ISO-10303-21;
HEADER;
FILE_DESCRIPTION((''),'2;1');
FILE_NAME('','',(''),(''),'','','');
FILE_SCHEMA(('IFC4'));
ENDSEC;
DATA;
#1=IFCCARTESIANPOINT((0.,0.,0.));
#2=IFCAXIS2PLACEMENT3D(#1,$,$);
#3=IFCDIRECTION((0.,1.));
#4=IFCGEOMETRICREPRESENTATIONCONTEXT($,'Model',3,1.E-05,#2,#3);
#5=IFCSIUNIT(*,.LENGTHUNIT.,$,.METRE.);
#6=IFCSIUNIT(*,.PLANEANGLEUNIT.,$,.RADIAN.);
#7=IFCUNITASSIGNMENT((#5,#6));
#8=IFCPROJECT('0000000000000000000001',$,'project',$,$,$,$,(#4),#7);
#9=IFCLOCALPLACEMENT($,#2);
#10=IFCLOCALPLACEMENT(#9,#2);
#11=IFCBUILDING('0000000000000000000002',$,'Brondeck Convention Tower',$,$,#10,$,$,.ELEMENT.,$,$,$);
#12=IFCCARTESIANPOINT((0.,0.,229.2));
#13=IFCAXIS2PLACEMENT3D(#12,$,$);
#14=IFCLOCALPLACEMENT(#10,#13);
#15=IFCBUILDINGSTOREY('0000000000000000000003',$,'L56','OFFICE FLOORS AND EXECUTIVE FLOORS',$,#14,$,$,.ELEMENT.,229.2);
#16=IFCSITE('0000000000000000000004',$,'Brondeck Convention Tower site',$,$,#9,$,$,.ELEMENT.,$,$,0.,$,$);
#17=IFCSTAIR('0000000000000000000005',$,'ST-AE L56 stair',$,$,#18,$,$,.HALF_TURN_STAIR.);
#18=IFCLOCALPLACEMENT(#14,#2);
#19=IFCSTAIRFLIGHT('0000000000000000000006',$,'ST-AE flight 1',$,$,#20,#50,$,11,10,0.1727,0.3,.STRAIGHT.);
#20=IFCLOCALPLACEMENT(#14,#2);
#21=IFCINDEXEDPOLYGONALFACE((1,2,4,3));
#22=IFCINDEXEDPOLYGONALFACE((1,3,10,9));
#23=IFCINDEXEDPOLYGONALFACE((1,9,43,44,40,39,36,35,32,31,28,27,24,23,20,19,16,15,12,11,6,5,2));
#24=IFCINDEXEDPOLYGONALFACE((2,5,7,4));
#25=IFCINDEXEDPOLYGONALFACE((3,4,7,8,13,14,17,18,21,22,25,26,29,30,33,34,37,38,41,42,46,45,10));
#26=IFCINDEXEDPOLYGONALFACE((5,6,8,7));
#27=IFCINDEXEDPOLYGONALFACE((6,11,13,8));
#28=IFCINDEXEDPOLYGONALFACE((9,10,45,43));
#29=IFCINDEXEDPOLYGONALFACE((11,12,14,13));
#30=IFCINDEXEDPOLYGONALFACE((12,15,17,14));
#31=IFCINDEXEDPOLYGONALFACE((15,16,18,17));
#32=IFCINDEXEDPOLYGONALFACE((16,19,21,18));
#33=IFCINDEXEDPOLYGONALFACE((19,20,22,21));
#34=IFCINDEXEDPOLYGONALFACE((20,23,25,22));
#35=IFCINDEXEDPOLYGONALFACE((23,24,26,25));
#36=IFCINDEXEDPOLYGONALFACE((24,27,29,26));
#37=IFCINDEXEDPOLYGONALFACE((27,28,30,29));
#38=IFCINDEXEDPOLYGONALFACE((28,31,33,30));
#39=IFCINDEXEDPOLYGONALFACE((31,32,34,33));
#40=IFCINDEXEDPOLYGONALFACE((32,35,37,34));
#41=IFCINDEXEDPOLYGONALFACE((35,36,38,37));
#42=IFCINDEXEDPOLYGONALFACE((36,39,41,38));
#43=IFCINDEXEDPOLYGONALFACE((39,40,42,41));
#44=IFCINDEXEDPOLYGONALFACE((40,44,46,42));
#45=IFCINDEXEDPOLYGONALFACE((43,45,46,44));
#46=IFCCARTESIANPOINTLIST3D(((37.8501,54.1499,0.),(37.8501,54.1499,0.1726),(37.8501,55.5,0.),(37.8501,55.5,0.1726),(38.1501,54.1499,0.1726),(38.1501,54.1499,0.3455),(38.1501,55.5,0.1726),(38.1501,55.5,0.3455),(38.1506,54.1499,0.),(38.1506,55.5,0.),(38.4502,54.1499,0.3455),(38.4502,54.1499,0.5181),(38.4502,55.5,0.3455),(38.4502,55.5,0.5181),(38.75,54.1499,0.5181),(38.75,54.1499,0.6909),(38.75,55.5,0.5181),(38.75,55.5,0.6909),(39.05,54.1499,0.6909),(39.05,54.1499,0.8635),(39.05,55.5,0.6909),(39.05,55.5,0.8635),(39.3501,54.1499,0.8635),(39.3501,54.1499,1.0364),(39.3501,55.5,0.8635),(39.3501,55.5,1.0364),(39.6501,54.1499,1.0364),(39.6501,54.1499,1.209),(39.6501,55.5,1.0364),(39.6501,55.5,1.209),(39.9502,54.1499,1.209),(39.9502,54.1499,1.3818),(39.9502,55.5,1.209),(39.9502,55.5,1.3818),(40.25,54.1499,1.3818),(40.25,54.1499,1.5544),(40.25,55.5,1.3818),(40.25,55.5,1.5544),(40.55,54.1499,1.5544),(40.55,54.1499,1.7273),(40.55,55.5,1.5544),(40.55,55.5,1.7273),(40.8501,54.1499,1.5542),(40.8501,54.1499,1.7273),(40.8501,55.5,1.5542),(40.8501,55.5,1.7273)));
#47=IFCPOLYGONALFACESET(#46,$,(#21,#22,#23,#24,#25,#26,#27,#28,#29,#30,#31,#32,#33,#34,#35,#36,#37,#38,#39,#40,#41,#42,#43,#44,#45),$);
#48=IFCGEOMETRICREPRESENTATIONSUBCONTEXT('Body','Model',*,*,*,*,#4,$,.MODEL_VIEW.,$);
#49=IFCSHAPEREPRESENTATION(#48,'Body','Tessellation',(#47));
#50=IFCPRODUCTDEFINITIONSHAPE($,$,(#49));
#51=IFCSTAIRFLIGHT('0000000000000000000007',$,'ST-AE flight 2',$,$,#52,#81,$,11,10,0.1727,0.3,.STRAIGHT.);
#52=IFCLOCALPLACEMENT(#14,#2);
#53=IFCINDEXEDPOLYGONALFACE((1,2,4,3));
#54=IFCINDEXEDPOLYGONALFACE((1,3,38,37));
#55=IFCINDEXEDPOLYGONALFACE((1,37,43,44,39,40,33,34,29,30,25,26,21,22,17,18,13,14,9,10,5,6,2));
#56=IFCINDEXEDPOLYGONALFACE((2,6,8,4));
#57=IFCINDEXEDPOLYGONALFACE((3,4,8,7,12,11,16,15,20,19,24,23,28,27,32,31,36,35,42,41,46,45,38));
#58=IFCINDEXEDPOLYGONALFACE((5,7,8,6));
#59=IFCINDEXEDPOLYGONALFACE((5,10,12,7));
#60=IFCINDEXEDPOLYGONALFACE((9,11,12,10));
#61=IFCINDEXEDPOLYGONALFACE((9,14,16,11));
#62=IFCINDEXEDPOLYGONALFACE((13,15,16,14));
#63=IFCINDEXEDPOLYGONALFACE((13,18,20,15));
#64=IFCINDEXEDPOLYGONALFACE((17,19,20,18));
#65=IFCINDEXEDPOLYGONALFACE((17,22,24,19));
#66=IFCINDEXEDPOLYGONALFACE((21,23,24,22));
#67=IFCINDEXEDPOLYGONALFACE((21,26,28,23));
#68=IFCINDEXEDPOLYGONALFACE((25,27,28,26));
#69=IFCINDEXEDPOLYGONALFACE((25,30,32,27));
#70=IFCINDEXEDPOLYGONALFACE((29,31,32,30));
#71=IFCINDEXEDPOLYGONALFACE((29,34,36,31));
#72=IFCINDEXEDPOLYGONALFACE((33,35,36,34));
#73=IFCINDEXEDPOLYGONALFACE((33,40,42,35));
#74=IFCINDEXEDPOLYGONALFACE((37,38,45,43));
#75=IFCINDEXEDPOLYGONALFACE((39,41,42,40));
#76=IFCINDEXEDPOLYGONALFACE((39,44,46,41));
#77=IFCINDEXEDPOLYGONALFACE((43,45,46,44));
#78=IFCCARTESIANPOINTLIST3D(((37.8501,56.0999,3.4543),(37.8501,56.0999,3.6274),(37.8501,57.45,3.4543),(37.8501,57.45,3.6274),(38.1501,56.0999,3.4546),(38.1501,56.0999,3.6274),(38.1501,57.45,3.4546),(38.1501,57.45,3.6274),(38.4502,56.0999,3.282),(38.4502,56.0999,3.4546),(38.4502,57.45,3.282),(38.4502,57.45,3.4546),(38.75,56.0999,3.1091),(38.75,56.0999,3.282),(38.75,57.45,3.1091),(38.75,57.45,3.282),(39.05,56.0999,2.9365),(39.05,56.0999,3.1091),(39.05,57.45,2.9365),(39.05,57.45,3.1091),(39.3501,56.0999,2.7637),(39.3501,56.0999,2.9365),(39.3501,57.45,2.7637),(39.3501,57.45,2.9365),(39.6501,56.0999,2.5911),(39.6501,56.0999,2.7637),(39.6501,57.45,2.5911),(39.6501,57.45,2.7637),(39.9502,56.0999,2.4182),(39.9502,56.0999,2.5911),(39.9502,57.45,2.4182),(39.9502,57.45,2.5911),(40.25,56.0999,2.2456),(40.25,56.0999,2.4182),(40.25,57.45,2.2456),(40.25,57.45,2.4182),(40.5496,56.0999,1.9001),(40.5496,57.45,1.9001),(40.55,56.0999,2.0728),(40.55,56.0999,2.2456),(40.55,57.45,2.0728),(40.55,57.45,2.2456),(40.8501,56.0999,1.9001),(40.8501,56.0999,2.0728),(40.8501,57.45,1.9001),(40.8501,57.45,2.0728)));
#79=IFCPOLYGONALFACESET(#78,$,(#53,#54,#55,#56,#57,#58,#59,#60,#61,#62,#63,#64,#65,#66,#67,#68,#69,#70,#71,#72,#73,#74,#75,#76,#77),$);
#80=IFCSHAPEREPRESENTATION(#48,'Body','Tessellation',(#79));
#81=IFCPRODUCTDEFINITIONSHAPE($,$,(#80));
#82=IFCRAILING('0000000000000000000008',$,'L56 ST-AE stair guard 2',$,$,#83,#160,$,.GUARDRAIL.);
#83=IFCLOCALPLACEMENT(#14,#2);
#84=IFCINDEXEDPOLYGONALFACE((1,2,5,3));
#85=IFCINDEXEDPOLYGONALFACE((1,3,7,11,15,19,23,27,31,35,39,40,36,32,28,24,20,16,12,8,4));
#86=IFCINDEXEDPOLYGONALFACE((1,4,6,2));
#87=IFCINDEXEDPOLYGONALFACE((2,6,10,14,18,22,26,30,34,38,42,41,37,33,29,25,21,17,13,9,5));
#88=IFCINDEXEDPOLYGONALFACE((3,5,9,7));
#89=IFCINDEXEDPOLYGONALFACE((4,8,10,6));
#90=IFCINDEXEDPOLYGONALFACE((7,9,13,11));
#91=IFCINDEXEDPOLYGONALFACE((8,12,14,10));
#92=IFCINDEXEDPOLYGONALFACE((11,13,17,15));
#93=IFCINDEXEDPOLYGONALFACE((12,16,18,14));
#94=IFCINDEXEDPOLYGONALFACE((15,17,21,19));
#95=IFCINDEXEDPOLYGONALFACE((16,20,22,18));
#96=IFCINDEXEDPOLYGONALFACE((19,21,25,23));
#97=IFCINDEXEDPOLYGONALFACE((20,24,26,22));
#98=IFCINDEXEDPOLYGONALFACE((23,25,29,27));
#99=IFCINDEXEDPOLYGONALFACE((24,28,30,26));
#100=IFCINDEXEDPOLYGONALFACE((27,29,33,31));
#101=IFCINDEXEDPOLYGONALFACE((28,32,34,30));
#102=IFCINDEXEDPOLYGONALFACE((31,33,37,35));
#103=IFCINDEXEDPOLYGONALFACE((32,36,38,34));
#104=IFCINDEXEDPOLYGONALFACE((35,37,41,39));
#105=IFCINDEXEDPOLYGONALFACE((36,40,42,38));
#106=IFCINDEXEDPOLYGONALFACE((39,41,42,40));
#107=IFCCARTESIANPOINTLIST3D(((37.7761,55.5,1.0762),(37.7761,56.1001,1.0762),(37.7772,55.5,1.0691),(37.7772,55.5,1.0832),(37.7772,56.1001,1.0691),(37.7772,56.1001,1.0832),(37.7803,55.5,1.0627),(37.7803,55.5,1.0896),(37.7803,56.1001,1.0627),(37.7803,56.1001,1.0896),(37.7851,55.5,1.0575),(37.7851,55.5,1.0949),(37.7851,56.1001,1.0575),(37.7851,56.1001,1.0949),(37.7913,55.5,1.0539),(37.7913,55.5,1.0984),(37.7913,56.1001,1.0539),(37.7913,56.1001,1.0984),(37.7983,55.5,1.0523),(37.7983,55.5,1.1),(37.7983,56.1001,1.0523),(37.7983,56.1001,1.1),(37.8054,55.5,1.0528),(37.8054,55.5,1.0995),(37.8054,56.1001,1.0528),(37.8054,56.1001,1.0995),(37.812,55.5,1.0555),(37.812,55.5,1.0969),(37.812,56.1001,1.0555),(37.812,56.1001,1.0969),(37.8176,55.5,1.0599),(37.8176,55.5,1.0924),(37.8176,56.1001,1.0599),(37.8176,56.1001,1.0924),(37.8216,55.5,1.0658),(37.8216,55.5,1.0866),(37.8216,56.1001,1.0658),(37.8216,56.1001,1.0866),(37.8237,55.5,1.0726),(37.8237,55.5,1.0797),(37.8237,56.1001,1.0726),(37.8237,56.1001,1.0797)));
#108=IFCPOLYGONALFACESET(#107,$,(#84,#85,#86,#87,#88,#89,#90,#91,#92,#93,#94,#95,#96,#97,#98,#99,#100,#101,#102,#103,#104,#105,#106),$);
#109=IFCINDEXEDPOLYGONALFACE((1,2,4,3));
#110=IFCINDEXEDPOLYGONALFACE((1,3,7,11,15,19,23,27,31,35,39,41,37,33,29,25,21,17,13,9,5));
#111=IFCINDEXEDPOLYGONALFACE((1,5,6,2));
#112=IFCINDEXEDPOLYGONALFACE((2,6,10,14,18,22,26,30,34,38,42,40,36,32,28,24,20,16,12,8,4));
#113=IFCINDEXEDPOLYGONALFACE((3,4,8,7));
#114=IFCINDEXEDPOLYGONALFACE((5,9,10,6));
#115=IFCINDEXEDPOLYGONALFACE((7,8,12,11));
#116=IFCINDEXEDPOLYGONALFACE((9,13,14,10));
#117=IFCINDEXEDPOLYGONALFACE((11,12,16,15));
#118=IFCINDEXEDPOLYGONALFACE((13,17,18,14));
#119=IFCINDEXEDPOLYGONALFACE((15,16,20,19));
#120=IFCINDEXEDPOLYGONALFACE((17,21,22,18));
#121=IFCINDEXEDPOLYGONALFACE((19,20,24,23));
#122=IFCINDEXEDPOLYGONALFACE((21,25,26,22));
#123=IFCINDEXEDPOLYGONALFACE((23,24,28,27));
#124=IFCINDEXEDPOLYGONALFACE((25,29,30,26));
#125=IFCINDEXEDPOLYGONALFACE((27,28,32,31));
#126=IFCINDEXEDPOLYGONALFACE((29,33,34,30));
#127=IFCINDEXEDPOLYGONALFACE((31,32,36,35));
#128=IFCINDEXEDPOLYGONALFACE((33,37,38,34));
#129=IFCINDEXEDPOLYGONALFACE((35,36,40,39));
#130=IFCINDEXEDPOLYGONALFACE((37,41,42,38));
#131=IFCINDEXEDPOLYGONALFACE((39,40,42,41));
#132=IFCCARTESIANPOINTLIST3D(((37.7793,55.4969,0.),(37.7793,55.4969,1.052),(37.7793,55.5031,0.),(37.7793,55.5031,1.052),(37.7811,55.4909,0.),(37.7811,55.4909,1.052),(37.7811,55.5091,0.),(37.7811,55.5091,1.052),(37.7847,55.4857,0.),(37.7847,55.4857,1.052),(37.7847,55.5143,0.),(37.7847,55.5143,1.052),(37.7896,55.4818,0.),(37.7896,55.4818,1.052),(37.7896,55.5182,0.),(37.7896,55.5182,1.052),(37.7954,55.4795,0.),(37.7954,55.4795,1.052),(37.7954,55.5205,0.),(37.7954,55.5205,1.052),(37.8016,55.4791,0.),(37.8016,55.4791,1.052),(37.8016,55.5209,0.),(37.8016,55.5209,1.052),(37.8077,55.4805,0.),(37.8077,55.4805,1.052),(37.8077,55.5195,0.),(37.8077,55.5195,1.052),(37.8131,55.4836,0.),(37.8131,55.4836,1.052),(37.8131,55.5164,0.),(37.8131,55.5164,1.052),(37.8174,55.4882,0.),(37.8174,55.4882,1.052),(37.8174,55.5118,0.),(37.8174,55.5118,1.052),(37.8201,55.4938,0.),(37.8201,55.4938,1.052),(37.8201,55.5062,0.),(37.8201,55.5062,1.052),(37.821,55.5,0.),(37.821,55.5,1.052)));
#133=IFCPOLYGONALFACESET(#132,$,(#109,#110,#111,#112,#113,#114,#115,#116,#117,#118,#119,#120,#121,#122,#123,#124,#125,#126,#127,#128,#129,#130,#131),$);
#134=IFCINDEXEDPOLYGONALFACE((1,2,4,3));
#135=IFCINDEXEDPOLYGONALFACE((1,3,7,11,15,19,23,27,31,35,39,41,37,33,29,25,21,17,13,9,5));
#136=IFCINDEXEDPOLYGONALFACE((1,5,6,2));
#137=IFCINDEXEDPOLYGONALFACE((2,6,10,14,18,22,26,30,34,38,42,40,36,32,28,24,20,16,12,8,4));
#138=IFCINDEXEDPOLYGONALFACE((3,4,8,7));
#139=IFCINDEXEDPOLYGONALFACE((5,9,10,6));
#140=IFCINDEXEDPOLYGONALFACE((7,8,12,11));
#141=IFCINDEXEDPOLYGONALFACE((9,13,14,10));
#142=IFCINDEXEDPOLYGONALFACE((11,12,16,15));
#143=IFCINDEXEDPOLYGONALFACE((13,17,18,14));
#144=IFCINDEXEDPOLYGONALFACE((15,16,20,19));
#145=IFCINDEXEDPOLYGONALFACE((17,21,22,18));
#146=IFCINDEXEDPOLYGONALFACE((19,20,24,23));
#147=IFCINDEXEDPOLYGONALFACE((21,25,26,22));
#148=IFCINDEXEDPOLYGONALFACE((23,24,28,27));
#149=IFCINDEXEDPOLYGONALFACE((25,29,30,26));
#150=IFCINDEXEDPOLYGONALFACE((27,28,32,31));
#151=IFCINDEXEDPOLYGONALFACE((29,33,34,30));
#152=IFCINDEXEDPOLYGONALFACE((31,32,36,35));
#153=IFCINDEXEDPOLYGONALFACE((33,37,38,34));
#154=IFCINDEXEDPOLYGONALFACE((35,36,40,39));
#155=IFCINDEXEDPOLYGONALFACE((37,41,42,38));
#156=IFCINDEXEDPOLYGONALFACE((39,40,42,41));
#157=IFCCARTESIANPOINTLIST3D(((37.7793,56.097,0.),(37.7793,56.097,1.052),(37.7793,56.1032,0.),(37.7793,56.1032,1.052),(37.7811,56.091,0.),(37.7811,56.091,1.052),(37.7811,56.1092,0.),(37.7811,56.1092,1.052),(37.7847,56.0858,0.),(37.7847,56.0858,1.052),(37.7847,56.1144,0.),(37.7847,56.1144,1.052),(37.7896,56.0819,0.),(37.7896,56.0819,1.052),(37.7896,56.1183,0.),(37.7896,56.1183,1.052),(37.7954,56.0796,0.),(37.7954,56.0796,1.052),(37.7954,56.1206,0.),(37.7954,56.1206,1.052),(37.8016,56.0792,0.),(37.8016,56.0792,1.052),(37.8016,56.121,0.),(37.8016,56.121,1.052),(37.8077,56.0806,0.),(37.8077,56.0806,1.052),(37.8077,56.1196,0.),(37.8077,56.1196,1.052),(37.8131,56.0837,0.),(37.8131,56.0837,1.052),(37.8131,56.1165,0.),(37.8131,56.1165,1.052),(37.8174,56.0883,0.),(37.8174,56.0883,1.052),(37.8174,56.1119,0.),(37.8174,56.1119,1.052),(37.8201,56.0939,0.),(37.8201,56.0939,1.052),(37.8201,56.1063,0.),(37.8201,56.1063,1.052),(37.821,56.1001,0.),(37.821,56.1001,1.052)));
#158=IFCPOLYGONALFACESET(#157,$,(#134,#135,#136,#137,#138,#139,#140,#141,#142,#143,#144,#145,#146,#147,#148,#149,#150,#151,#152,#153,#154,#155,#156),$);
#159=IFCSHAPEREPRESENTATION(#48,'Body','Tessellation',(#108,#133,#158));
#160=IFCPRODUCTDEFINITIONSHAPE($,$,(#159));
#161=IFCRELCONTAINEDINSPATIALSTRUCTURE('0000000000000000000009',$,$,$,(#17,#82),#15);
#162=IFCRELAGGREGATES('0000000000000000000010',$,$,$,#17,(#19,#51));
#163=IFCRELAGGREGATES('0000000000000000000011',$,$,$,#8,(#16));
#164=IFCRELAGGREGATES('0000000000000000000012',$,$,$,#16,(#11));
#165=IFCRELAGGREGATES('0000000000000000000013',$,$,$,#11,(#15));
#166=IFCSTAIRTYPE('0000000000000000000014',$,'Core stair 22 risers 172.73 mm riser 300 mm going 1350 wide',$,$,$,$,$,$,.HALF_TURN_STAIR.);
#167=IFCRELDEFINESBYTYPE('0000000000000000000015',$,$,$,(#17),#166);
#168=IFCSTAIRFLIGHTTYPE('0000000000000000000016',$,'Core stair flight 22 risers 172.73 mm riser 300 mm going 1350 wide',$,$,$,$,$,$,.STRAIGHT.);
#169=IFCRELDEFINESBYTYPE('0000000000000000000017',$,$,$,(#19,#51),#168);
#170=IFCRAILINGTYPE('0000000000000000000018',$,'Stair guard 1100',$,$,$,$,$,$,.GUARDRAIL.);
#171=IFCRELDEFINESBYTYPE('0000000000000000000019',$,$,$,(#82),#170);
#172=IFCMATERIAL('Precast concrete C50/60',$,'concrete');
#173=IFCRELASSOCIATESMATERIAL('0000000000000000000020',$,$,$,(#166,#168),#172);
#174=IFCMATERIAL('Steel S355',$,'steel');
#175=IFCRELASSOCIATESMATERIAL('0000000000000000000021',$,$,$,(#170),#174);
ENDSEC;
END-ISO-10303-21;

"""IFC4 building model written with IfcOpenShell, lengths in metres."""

from ifc_helpers import new_model, si_unit, direction, frame, origin, origin_2d, place, context, subcontext, project, spatial, polyline, circle, outline, extrude, material, type_object, element, aggregate, save


model = new_model("IFC4")

# Units and contexts
model_context = context("Model", 3, precision=1e-05, world=origin(), true_north=direction((0.0, 1.0)))
body_context = subcontext(model_context, "Body", "Model", "MODEL_VIEW")
ifc_project = project(units=[si_unit("LENGTHUNIT", "METRE"), si_unit("PLANEANGLEUNIT", "RADIAN")], contexts=[model_context])

# Site, building, storey
site_placement = place(None, origin())
site = spatial("IfcSite", under=ifc_project, at=site_placement, Name="Brondeck Convention Tower site", CompositionType="ELEMENT", RefElevation=0.0)
building_placement = place(site_placement, origin())
building = spatial("IfcBuilding", under=site, at=building_placement, Name="Brondeck Convention Tower", CompositionType="ELEMENT")
storey_placement = place(building_placement, frame((0.0, 0.0, 229.2)))
storey = spatial("IfcBuildingStorey", under=building, at=storey_placement, Name="L56", Description="OFFICE FLOORS AND EXECUTIVE FLOORS", CompositionType="ELEMENT", Elevation=229.2)

# Shared definitions
ifc_material_1 = material(Name="Steel S355", Category="steel")

# Stair, stair flights
ifc_material_2 = material(Name="Precast concrete C50/60", Category="concrete")
stair_type = type_object("IfcStairType", Name="Core stair 22 risers 172.73 mm riser 300 mm going 1350 wide", PredefinedType="HALF_TURN_STAIR", material=ifc_material_2)
stair_placement = place(storey_placement, origin())
stair = element("IfcStair", 1, at=stair_placement, inside=storey, type_object=stair_type, Name="ST-AE L56 stair", PredefinedType="HALF_TURN_STAIR")
stair_flight_type = type_object("IfcStairFlightType", Name="Core stair flight 22 risers 172.73 mm riser 300 mm going 1350 wide", PredefinedType="STRAIGHT", material=ifc_material_2)
stair_flight_1_placement = place(storey_placement, frame((37.8501, 54.825, 0.0), z_axis=(0.0, 0.0, 1.0), x_axis=(1.0, 0.0, 0.0)))
stair_flight_1 = element("IfcStairFlight", 2, at=stair_flight_1_placement, type_object=stair_flight_type, Name="ST-AE flight 1", NumberOfRisers=11, NumberOfTreads=10, PredefinedType="STRAIGHT", RiserHeight=0.1727, TreadLength=0.3, context=body_context, shape_type="SweptSolid", body=[
    extrude(outline(polyline([(0.0, 0.0), (0.0, 0.1726), (0.3, 0.1726), (0.3, 0.3455), (0.6001, 0.3455), (0.6001, 0.5181), (0.8999, 0.5181), (0.8999, 0.6909), (1.2, 0.6909), (1.2, 0.8635), (1.5, 0.8635), (1.5, 1.0364), (1.8, 1.0364), (1.8, 1.209), (2.1001, 1.209), (2.1001, 1.3818), (2.3999, 1.3818), (2.3999, 1.5544), (2.7, 1.5544), (2.7, 1.7273), (3.0, 1.7273), (3.0, 1.8999), (3.0, 1.5542), (0.3005, 0.0), (0.0, 0.0)])), frame((0.0, 0.675, 0.0), z_axis=(0.0, -1.0, 0.0), x_axis=(1.0, 0.0, 0.0)), (0.0, 0.0, 1.0), 1.3501),
])
stair_flight_2_placement = place(storey_placement, frame((40.8501, 56.7749, 1.9001), z_axis=(0.0, 0.0, 1.0), x_axis=(-1.0, 0.0, 0.0)))
stair_flight_2 = element("IfcStairFlight", 3, at=stair_flight_2_placement, type_object=stair_flight_type, Name="ST-AE flight 2", NumberOfRisers=11, NumberOfTreads=10, PredefinedType="STRAIGHT", RiserHeight=0.1727, TreadLength=0.3, context=body_context, shape_type="SweptSolid", body=[
    extrude(outline(polyline([(0.0, 0.0), (0.0, 0.1726), (0.3, 0.1726), (0.3, 0.3455), (0.6001, 0.3455), (0.6001, 0.5181), (0.8999, 0.5181), (0.8999, 0.6909), (1.2, 0.6909), (1.2, 0.8635), (1.5, 0.8635), (1.5, 1.0364), (1.8, 1.0364), (1.8, 1.209), (2.1001, 1.209), (2.1001, 1.3818), (2.3999, 1.3818), (2.3999, 1.5544), (2.7, 1.5544), (2.7, 1.7273), (3.0, 1.7273), (3.0, 1.8999), (3.0, 1.5542), (0.3005, 0.0), (0.0, 0.0)])), frame((0.0, 0.675, 0.0), z_axis=(0.0, -1.0, 0.0), x_axis=(1.0, 0.0, 0.0)), (0.0, 0.0, 1.0), 1.3501),
])
aggregate(stair, [stair_flight_1, stair_flight_2])

# Railing
railing_type_1 = type_object("IfcRailingType", Name="Stair guard 1100", PredefinedType="GUARDRAIL", material=ifc_material_1)
railing_1_placement = place(storey_placement, frame((37.8, 55.5, 0.0)))
element("IfcRailing", 4, at=railing_1_placement, inside=storey, type_object=railing_type_1, Name="L56 ST-AE stair guard 2", PredefinedType="GUARDRAIL", context=body_context, shape_type="SweptSolid", body=[
    extrude(circle(Radius=0.0239, at=origin_2d()), frame((0.0, 0.0, 1.0762), z_axis=(0.0, 1.0, 0.0), x_axis=(-1.0, 0.0, 0.0)), (0.0, 0.0, 1.0), 0.6001),
    extrude(circle(Radius=0.021, at=origin_2d()), origin(), (0.0, 0.0, 1.0), 1.052),
    extrude(circle(Radius=0.021, at=origin_2d()), frame((0.0, 0.6001, 0.0)), (0.0, 0.0, 1.0), 1.052),
])

save(model, "model.ifc")
